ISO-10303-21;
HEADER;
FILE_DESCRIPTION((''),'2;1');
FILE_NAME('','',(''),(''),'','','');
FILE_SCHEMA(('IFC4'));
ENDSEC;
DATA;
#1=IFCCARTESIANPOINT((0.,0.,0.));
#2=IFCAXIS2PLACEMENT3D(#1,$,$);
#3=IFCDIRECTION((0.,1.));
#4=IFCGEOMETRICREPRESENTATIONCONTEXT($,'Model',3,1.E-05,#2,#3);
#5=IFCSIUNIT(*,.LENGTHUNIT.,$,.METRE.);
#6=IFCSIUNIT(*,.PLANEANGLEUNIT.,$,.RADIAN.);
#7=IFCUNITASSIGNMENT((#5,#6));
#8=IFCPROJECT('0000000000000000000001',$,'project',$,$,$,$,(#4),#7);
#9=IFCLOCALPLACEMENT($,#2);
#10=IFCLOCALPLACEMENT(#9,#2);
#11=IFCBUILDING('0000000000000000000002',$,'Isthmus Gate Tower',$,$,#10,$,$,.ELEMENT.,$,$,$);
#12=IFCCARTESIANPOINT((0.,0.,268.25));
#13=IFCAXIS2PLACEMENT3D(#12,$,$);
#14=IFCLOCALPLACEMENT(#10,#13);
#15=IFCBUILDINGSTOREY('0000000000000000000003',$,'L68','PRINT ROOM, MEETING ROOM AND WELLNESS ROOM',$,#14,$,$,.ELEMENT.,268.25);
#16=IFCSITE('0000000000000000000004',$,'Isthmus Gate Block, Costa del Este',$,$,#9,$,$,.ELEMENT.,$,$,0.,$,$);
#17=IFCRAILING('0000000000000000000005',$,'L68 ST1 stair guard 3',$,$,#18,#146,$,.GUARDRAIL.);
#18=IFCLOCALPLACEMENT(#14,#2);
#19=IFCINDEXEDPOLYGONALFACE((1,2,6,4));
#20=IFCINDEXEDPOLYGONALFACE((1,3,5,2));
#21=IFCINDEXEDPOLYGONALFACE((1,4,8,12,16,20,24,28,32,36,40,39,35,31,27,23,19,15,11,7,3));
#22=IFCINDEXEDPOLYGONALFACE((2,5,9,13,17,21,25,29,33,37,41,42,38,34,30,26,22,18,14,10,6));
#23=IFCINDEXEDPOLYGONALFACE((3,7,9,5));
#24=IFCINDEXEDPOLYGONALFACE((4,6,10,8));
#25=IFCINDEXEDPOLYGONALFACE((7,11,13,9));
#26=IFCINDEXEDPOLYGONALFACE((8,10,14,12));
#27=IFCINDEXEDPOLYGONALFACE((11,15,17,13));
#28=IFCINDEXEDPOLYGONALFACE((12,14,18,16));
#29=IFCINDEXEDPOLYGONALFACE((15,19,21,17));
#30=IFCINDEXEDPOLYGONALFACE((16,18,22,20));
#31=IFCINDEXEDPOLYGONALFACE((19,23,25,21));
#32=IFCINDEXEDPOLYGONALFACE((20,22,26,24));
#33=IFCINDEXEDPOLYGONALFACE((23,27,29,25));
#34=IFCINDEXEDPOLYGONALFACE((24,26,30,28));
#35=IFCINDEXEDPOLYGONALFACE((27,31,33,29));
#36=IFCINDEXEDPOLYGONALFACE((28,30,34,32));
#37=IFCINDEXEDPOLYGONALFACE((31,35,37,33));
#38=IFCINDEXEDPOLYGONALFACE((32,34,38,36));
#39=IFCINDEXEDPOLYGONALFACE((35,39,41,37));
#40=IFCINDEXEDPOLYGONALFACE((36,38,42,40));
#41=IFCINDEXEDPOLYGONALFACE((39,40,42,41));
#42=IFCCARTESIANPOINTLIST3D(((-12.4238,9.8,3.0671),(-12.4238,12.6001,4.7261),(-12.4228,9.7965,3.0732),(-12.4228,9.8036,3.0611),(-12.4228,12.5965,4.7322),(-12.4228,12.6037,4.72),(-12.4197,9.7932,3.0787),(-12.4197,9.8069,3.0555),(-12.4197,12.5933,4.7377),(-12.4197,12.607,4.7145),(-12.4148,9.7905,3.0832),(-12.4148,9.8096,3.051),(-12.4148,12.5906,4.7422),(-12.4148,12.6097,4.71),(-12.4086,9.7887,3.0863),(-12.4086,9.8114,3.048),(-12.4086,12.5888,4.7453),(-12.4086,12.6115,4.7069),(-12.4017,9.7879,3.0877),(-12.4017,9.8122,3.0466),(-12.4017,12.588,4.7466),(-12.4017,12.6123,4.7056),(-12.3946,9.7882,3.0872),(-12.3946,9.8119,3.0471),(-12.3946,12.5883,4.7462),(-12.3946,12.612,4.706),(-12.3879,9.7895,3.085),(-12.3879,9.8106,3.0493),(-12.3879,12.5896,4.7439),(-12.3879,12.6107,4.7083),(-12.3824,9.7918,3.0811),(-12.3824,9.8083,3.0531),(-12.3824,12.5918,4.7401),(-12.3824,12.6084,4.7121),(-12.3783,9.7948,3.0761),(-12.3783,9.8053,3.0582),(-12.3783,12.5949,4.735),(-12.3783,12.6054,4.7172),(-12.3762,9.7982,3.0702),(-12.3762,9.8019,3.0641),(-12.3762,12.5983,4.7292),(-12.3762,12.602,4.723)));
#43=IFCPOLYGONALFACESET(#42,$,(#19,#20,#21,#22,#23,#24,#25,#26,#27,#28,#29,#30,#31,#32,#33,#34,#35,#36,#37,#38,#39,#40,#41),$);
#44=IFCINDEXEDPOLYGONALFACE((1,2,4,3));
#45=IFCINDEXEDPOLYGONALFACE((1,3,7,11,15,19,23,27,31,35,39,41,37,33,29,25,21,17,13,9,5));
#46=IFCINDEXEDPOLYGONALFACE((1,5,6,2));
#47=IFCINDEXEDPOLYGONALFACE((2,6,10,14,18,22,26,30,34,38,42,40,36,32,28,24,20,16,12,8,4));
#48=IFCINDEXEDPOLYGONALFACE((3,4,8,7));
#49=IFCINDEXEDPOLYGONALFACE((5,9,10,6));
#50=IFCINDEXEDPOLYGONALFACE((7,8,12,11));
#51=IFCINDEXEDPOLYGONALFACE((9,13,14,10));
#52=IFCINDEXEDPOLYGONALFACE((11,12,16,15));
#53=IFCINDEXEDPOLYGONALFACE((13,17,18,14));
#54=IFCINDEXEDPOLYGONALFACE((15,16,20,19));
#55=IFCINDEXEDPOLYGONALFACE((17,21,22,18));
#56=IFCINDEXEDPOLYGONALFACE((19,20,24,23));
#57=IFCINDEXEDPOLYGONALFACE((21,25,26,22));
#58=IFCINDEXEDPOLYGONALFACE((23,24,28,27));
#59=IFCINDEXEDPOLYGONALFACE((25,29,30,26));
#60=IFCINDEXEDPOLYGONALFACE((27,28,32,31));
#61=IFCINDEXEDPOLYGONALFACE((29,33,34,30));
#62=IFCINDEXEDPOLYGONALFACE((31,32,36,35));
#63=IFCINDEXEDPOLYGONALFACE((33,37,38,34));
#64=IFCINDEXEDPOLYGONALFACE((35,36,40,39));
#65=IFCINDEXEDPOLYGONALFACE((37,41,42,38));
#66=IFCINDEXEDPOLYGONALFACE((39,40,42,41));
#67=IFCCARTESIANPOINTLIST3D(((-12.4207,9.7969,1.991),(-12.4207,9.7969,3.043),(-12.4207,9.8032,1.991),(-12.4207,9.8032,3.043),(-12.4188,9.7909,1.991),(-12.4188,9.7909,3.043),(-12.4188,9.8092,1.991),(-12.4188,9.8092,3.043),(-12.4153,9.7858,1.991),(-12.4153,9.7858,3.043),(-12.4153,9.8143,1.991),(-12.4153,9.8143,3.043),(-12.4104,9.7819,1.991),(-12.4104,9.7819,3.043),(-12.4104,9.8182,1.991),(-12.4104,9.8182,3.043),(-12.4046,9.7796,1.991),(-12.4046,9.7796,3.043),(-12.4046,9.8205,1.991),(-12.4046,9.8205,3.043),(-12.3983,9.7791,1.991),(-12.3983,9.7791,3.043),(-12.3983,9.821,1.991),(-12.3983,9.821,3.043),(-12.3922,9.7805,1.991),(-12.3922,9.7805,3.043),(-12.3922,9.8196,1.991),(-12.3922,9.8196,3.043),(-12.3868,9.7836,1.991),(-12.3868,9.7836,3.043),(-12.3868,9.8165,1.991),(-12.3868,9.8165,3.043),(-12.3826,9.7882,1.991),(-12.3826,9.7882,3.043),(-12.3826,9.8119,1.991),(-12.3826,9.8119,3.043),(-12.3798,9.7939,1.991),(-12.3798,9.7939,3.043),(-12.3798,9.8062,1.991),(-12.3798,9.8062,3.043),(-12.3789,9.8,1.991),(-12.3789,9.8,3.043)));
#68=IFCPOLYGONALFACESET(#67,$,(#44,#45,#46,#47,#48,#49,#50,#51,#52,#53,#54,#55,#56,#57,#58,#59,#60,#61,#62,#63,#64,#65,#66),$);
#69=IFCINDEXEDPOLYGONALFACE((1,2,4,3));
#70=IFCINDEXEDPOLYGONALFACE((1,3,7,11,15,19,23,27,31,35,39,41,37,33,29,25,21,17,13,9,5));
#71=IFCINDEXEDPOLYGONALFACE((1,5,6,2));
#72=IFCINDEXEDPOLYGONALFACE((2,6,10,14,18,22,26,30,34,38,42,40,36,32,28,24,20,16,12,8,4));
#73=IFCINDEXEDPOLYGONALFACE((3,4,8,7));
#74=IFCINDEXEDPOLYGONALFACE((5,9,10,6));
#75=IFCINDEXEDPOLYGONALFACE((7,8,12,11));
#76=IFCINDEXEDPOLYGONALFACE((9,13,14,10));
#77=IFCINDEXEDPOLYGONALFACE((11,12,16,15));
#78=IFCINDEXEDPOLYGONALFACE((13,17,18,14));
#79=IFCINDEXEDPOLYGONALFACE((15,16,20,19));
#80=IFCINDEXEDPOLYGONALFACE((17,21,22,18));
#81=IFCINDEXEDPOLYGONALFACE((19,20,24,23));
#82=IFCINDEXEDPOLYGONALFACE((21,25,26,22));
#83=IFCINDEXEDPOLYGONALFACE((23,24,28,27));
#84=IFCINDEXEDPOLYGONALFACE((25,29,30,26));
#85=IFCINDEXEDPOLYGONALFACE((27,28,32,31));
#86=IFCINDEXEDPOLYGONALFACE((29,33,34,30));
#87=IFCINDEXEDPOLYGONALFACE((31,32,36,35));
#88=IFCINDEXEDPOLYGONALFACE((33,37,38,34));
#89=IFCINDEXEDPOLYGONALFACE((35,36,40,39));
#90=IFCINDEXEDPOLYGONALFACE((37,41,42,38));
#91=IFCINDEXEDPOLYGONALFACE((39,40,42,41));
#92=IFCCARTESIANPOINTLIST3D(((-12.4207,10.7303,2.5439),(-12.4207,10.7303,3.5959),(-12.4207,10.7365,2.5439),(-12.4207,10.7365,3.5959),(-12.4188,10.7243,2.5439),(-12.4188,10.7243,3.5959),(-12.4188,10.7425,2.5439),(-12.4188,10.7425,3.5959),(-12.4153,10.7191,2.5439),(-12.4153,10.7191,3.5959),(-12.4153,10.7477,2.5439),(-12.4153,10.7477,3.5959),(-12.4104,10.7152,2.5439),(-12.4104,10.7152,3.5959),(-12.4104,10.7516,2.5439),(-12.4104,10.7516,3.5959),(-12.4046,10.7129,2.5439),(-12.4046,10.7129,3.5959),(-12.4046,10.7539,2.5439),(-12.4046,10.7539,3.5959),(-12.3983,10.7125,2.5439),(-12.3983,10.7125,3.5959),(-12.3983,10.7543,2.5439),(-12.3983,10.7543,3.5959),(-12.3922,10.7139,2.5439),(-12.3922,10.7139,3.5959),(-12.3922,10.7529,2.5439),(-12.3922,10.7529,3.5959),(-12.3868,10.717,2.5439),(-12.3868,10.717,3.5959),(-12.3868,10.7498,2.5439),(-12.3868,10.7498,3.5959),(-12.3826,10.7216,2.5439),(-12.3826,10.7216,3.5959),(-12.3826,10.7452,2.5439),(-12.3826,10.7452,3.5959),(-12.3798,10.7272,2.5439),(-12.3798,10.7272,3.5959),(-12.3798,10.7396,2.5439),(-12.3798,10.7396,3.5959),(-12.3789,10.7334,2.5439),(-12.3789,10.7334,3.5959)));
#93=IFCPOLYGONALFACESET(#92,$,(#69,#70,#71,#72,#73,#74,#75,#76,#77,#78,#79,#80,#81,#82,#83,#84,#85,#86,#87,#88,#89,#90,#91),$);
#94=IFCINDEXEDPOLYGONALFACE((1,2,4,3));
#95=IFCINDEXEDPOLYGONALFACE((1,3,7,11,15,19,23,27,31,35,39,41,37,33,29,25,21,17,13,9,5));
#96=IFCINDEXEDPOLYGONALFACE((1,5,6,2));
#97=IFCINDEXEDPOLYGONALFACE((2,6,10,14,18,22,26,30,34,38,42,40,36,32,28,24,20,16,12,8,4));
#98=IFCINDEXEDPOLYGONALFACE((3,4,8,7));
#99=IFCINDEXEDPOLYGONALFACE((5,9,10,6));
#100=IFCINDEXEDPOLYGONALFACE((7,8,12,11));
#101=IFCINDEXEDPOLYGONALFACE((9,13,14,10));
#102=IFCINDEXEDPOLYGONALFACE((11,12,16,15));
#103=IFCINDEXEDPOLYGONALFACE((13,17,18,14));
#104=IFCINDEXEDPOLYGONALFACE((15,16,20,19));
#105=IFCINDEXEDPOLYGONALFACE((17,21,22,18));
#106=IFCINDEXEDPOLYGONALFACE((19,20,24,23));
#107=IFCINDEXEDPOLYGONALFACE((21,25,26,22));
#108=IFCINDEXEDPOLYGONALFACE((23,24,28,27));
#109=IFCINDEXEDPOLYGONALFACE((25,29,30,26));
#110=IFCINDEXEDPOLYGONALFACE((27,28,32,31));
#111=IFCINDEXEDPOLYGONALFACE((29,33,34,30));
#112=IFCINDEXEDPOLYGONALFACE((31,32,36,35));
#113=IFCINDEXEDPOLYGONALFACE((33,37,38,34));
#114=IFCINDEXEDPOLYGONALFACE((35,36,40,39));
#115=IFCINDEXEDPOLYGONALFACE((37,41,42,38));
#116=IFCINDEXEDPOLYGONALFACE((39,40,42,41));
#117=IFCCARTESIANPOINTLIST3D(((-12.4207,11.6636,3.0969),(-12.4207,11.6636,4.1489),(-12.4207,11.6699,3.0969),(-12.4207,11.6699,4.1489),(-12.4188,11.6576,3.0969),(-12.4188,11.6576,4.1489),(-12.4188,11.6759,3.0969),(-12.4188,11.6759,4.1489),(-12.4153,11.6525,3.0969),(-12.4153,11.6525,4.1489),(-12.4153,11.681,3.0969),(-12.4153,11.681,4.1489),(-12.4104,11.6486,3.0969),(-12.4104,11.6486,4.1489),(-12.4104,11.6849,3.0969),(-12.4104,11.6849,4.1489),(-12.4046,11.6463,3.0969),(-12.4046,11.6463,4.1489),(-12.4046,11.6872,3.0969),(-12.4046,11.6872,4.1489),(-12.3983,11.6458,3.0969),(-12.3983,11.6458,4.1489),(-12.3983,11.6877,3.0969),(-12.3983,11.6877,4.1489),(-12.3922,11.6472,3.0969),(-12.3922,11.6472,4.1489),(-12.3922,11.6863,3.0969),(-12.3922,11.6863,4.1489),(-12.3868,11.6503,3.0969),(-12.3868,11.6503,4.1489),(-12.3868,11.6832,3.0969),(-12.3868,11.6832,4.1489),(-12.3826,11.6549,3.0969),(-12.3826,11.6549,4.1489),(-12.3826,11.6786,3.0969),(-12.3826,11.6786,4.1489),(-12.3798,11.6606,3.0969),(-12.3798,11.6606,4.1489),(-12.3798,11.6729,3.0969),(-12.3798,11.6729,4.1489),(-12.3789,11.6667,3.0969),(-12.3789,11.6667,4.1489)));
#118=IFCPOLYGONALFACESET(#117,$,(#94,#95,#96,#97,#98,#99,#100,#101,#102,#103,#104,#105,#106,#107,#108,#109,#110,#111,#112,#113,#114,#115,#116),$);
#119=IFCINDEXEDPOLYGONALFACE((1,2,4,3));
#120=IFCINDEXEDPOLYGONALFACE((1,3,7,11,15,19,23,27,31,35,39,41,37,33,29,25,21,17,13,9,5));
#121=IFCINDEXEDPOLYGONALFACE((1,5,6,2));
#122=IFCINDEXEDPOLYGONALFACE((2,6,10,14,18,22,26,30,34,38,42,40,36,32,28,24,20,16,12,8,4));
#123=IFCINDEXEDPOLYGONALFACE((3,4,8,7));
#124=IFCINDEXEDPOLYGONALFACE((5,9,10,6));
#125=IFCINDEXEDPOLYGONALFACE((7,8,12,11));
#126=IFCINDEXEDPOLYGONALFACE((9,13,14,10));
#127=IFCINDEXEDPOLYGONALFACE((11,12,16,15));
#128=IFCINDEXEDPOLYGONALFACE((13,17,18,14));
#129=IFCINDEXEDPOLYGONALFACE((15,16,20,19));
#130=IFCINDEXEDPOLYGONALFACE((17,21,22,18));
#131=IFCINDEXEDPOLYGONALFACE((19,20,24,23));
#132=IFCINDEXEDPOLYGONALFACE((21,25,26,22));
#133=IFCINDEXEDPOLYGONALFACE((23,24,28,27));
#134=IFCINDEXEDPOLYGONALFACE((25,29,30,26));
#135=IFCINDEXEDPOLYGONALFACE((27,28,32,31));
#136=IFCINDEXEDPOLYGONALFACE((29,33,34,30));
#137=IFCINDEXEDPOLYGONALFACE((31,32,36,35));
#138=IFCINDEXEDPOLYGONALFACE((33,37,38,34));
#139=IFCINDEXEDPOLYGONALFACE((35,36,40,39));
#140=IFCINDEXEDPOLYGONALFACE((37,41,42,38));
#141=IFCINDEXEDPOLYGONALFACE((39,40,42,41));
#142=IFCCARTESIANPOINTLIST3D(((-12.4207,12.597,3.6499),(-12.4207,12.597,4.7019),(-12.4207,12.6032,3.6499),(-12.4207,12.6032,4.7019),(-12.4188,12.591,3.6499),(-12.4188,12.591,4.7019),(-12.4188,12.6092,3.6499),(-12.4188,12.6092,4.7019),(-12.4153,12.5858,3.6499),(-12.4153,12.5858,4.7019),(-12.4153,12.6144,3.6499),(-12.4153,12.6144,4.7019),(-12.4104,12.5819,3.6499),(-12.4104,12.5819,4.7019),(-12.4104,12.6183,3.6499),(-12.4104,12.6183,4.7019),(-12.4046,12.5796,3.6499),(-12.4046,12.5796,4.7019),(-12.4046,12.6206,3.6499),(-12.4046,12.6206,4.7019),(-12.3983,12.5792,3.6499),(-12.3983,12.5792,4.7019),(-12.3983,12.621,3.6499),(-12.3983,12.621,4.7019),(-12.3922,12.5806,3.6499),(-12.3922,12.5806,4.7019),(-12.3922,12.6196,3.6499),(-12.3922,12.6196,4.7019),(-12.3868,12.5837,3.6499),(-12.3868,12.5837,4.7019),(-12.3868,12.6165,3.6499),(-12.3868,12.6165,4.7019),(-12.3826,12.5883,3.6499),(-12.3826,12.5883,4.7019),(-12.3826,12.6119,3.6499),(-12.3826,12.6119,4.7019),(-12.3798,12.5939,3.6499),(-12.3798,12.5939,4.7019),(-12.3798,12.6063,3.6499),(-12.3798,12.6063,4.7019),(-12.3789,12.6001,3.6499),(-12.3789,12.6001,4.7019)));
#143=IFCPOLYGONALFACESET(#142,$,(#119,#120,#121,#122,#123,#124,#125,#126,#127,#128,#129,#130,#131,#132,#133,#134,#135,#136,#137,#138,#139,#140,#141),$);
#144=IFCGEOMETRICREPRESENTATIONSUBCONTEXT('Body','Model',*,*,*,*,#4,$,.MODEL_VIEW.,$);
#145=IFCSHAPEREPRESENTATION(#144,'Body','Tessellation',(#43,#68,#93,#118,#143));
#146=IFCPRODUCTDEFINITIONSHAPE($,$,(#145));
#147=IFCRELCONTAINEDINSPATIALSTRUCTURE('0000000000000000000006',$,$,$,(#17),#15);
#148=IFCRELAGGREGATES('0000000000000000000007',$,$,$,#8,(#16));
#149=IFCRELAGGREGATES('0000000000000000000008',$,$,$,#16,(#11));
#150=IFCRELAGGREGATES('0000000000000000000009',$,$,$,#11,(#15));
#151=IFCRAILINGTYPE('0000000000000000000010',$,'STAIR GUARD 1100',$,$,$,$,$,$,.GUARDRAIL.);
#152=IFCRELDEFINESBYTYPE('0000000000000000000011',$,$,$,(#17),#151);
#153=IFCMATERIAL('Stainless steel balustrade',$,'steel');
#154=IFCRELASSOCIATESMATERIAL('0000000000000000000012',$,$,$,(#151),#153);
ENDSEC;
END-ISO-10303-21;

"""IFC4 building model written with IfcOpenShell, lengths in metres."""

from ifc_helpers import new_model, si_unit, direction, frame, origin, origin_2d, place, context, subcontext, project, spatial, circle, extrude, material, type_object, element, save


model = new_model("IFC4")

# Units and contexts
model_context = context("Model", 3, precision=1e-05, world=origin(), true_north=direction((0.0, 1.0)))
body_context = subcontext(model_context, "Body", "Model", "MODEL_VIEW")
ifc_project = project(units=[si_unit("LENGTHUNIT", "METRE"), si_unit("PLANEANGLEUNIT", "RADIAN")], contexts=[model_context])

# Site, building, storey
site_placement = place(None, origin())
site = spatial("IfcSite", under=ifc_project, at=site_placement, Name="Isthmus Gate Block, Costa del Este", CompositionType="ELEMENT", RefElevation=0.0)
building_placement = place(site_placement, origin())
building = spatial("IfcBuilding", under=site, at=building_placement, Name="Isthmus Gate Tower", CompositionType="ELEMENT")
storey_placement = place(building_placement, frame((0.0, 0.0, 268.25)))
storey = spatial("IfcBuildingStorey", under=building, at=storey_placement, Name="L68", Description="PRINT ROOM, MEETING ROOM AND WELLNESS ROOM", CompositionType="ELEMENT", Elevation=268.25)

# Railing
ifc_material_1 = material(Name="Stainless steel balustrade", Category="steel")
railing_type_1 = type_object("IfcRailingType", Name="STAIR GUARD 1100", PredefinedType="GUARDRAIL", material=ifc_material_1)
railing_1_placement = place(storey_placement, frame((-12.3999, 9.8, 1.991)))
element("IfcRailing", 1, at=railing_1_placement, inside=storey, type_object=railing_type_1, Name="L68 ST1 stair guard 3", PredefinedType="GUARDRAIL", context=body_context, shape_type="SweptSolid", body=[
    extrude(circle(Radius=0.0239, at=origin_2d()), frame((0.0, 0.0, 1.0762), z_axis=(0.0, 0.860339, 0.509722), x_axis=(-1.0, 0.0, 0.0)), (0.0, 0.0, 1.0), 3.2546),
    extrude(circle(Radius=0.021, at=origin_2d()), origin(), (0.0, 0.0, 1.0), 1.052),
    extrude(circle(Radius=0.021, at=origin_2d()), frame((0.0, 0.9333, 0.553)), (0.0, 0.0, 1.0), 1.052),
    extrude(circle(Radius=0.021, at=origin_2d()), frame((0.0, 1.8667, 1.106)), (0.0, 0.0, 1.0), 1.052),
    extrude(circle(Radius=0.021, at=origin_2d()), frame((0.0, 2.8, 1.6589)), (0.0, 0.0, 1.0), 1.052),
])

save(model, "model.ifc")
